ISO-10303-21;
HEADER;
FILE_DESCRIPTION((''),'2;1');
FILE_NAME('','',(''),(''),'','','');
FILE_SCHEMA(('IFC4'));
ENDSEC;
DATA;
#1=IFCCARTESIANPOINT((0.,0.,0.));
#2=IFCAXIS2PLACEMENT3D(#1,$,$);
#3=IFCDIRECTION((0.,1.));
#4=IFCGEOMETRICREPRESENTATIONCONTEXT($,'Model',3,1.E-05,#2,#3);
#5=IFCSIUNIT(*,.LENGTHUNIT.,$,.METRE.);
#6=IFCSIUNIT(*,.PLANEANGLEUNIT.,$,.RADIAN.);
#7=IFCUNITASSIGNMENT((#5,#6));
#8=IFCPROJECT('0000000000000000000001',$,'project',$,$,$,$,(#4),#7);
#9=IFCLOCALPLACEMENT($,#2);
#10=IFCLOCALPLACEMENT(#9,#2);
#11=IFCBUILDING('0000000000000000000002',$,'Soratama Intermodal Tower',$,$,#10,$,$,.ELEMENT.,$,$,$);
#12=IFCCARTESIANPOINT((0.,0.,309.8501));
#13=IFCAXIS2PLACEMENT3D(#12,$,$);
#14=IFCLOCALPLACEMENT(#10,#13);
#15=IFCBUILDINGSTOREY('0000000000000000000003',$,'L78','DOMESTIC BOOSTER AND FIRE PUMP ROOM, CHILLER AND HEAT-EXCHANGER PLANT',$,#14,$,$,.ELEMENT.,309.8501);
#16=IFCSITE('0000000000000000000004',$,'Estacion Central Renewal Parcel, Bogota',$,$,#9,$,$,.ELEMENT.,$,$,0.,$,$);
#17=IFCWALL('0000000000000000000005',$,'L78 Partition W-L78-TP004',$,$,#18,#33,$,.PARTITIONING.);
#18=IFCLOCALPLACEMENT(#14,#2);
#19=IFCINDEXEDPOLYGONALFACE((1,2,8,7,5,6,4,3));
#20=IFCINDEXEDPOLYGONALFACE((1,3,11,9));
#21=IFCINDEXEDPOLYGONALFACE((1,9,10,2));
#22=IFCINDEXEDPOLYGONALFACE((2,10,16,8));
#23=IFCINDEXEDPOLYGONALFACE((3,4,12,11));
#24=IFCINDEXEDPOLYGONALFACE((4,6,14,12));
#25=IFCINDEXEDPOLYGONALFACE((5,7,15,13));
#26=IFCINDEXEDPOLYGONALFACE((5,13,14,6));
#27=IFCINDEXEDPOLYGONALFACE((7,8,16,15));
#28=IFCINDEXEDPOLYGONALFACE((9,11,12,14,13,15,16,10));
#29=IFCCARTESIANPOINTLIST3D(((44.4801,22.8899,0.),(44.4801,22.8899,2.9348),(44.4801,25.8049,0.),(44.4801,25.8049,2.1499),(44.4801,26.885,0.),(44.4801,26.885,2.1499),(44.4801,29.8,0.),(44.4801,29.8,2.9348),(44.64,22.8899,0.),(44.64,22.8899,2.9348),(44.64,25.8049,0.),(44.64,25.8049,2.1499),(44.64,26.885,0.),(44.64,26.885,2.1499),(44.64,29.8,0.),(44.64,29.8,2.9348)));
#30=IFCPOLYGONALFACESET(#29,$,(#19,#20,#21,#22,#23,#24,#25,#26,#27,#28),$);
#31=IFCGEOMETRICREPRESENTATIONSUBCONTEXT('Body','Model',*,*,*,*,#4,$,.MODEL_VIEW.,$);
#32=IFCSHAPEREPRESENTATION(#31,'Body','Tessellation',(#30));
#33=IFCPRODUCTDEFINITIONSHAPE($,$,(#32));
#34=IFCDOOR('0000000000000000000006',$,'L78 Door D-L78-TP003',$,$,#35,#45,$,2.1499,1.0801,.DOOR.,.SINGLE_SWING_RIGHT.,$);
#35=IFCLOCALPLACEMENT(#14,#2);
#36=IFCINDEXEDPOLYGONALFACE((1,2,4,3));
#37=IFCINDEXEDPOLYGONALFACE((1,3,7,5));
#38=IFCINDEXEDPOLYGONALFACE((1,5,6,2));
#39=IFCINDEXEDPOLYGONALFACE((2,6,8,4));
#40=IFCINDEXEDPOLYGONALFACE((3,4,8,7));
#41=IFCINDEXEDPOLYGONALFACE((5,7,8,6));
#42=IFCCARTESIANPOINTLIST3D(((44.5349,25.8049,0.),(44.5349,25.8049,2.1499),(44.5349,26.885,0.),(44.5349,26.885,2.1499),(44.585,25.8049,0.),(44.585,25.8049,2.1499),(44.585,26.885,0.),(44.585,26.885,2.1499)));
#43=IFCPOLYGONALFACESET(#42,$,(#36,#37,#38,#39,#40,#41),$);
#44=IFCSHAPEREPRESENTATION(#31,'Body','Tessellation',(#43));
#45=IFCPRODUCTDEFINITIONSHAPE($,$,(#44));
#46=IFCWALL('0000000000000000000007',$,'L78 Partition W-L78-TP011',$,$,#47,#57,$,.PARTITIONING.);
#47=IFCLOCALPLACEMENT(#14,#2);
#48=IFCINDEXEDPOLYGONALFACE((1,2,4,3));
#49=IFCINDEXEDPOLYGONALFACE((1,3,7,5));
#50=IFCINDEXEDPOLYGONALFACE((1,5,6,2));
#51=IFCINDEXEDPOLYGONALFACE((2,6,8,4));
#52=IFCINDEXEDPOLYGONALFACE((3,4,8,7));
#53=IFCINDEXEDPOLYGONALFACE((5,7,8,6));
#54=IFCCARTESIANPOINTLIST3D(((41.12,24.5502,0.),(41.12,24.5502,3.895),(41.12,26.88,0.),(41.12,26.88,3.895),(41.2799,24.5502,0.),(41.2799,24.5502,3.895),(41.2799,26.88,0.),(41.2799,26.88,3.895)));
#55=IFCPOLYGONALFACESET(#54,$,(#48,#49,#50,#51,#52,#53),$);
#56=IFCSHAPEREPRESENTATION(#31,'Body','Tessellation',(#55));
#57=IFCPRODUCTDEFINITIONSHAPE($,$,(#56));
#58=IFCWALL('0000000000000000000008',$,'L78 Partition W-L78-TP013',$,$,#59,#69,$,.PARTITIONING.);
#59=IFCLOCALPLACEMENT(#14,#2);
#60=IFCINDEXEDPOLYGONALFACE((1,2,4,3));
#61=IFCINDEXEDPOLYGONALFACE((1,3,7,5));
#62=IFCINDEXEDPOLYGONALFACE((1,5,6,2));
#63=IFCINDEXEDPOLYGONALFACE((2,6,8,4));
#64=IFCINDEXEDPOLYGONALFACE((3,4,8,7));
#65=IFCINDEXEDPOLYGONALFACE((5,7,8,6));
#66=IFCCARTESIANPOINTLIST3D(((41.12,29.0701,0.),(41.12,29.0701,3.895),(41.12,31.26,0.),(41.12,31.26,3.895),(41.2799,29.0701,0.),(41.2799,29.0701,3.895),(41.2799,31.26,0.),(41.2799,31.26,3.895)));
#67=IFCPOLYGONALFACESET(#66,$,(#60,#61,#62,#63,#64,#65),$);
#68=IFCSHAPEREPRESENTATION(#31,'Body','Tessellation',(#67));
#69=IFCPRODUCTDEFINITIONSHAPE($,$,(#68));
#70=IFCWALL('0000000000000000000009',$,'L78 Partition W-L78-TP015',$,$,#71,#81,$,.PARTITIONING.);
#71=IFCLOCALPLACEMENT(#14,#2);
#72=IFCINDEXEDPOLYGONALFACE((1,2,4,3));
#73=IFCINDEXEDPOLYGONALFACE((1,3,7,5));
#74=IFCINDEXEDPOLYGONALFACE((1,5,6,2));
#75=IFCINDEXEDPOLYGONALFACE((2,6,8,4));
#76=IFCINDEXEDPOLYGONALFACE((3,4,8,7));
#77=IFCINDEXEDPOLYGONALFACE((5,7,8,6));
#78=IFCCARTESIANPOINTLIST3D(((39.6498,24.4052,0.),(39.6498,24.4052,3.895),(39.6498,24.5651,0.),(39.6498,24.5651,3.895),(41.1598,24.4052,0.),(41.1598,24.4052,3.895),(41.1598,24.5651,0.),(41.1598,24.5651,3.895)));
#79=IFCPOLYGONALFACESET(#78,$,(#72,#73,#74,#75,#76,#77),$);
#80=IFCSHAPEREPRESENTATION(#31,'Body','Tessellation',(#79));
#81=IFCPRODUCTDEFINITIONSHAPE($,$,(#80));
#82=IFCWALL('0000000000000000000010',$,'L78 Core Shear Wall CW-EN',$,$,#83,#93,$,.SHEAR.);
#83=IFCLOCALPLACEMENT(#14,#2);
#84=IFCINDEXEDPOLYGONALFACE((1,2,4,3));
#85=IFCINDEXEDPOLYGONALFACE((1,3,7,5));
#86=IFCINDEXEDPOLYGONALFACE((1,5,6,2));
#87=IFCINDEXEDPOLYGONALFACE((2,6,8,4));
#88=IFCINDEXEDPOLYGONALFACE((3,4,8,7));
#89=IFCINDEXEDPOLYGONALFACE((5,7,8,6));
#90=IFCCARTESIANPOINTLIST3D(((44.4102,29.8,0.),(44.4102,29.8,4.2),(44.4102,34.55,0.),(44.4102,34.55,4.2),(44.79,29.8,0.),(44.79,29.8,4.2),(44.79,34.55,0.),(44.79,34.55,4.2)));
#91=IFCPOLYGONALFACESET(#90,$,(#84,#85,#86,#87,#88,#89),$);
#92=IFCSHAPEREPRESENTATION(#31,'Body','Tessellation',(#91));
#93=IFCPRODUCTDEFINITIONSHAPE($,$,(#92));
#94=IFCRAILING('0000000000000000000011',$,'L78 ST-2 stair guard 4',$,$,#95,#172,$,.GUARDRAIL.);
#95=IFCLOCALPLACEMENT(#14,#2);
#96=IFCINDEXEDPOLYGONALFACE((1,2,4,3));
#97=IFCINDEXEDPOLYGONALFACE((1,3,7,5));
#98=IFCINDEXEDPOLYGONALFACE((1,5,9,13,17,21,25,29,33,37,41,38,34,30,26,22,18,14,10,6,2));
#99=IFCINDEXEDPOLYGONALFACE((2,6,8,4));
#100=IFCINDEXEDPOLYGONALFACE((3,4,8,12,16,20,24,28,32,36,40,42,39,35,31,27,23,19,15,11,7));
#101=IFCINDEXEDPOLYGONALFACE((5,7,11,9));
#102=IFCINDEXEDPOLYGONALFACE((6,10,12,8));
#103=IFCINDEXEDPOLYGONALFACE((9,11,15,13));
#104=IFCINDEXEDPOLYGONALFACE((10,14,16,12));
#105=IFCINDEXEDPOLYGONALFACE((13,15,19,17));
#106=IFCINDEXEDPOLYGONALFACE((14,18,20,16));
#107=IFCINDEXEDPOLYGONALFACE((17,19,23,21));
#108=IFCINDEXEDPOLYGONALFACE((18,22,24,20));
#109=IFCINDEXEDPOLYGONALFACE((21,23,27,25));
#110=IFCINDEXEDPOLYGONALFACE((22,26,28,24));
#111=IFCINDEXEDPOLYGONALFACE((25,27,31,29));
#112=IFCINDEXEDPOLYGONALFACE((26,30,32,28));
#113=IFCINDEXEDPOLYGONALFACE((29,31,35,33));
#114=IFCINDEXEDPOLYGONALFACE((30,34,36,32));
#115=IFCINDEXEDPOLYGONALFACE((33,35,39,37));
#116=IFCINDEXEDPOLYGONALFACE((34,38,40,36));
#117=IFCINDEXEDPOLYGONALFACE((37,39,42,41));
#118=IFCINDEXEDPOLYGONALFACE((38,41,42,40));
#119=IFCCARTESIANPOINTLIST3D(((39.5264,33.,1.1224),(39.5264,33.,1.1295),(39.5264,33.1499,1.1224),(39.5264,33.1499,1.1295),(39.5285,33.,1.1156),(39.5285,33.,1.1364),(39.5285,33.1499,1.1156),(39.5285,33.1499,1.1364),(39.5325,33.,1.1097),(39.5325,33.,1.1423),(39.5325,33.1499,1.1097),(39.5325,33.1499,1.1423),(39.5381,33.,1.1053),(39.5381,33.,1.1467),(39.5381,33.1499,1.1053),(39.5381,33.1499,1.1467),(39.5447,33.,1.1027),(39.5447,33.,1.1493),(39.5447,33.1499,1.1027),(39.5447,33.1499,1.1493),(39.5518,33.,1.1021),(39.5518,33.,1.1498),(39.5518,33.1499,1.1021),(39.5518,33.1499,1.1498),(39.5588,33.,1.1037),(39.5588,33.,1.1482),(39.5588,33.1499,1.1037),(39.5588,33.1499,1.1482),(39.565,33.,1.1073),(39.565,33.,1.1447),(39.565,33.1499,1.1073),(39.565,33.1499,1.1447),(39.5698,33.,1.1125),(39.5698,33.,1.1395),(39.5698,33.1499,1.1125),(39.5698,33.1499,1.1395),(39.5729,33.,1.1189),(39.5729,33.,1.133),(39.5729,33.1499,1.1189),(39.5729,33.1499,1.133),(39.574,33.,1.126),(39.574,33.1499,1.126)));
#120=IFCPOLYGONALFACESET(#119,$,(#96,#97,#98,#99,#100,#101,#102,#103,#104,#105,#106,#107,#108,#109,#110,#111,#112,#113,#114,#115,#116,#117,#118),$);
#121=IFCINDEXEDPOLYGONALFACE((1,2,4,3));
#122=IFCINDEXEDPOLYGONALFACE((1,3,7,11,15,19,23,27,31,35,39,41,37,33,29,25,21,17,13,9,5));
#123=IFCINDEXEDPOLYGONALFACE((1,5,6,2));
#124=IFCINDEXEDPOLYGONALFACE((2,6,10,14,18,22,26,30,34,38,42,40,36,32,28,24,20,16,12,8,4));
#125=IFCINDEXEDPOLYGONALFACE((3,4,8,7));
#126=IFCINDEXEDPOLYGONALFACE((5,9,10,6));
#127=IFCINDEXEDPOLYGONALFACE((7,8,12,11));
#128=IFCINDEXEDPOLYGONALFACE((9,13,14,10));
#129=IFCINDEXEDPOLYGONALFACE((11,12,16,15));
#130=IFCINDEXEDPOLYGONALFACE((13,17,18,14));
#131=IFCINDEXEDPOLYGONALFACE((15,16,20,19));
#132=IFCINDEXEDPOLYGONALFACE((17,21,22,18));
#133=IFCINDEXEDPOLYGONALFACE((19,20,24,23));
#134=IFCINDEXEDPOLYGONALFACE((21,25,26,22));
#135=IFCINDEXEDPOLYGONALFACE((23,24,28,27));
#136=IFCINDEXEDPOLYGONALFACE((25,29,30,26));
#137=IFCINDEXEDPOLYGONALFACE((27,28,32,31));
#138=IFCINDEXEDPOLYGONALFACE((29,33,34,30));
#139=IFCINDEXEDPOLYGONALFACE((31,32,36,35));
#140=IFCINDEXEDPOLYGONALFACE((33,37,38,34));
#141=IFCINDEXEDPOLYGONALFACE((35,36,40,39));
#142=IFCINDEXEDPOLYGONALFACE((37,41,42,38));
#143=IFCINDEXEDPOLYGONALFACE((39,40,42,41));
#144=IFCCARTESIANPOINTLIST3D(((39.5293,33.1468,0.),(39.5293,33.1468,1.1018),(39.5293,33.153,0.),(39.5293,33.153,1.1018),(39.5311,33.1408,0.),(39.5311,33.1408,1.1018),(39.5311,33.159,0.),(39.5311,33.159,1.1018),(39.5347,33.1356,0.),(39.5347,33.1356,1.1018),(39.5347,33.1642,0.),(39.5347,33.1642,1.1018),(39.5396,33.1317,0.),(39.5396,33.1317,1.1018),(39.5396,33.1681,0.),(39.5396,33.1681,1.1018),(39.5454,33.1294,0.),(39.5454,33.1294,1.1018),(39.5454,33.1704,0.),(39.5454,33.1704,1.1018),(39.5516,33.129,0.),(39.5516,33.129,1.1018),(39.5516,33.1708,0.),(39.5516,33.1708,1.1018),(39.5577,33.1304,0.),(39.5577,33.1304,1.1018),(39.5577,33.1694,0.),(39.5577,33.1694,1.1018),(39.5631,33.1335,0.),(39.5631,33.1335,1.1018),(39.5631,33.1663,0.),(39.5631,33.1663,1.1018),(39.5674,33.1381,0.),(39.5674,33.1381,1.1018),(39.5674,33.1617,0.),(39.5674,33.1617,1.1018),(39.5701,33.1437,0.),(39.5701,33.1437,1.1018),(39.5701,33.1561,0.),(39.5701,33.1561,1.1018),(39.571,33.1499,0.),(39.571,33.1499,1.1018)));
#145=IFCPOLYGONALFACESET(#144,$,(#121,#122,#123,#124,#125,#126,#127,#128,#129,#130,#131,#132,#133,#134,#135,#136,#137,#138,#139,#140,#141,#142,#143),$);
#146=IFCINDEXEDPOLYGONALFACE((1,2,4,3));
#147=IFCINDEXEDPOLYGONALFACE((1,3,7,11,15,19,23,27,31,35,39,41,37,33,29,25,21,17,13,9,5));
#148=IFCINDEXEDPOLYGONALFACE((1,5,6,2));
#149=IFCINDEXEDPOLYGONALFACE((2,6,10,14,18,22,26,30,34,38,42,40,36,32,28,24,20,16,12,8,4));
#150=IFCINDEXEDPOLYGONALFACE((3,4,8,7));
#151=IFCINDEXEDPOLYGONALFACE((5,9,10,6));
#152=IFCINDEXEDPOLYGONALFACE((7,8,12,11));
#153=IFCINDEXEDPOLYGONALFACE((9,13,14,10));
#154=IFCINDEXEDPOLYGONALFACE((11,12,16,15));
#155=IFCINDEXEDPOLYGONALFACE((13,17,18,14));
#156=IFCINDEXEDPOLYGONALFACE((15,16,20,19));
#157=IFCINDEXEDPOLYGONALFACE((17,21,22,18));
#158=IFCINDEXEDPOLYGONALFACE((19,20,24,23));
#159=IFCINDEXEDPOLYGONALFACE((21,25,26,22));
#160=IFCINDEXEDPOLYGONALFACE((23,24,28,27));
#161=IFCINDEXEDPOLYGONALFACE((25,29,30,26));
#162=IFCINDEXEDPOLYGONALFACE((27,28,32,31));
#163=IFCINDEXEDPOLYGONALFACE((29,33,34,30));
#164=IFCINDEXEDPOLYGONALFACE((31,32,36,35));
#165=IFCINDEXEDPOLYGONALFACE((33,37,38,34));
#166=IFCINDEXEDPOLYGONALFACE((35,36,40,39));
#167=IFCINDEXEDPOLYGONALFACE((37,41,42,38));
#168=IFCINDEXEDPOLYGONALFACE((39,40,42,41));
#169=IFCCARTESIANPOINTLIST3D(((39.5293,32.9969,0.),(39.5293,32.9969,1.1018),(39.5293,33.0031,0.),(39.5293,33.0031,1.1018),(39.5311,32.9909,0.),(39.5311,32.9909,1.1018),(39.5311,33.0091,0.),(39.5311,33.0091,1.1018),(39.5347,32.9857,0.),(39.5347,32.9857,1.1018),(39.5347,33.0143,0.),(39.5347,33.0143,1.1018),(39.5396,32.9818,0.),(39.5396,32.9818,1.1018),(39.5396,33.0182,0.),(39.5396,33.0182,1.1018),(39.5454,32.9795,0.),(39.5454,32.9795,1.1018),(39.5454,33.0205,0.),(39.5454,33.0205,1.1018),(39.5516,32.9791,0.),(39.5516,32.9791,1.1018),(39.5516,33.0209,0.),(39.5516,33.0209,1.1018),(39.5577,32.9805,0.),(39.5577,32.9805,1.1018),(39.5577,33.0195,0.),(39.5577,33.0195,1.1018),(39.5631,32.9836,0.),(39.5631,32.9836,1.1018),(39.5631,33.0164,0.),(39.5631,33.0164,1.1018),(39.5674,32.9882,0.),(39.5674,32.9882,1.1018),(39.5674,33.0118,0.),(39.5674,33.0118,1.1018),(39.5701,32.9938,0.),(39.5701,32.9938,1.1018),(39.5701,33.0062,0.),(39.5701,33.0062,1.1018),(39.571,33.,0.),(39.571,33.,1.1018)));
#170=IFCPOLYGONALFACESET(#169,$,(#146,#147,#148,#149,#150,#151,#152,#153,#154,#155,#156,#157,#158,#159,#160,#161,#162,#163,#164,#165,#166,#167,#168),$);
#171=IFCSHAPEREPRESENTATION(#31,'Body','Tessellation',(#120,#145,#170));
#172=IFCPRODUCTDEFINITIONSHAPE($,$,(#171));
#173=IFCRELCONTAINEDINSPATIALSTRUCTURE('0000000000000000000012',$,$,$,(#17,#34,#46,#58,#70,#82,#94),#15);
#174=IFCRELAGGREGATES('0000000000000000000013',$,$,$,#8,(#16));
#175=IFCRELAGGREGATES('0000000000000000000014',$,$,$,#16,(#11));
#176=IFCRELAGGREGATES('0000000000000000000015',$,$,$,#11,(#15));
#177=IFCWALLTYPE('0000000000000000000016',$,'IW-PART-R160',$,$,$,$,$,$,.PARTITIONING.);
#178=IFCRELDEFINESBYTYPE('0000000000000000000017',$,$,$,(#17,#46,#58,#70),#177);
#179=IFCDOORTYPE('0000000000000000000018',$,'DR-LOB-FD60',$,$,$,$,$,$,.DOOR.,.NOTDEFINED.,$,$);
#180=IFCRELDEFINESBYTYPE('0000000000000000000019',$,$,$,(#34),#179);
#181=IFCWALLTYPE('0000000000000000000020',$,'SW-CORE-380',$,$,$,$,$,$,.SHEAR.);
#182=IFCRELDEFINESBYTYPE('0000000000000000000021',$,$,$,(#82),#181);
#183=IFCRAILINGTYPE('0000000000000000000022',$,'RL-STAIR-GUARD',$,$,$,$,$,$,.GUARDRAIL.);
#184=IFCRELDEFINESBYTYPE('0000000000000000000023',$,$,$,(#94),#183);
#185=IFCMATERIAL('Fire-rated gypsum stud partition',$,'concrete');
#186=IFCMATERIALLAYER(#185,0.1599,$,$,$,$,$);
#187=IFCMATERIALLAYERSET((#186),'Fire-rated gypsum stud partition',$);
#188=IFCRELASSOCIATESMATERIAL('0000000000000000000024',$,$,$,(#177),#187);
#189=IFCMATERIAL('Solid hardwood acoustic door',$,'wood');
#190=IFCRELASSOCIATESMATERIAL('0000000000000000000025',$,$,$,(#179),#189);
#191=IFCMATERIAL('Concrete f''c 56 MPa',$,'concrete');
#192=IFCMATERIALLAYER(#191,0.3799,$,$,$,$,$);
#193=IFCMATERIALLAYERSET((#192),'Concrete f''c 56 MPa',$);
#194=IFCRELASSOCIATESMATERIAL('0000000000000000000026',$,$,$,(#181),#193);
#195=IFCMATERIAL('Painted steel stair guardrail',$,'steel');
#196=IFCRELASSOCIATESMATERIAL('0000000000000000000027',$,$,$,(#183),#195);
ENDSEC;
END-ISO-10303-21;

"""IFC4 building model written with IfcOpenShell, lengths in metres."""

from ifc_helpers import new_model, si_unit, direction, frame, frame_2d, origin, origin_2d, place, context, subcontext, project, spatial, rectangle, circle, extrude, material, layer, layer_set, type_object, element, fill, save


model = new_model("IFC4")

# Units and contexts
model_context = context("Model", 3, precision=1e-05, world=origin(), true_north=direction((0.0, 1.0)))
body_context = subcontext(model_context, "Body", "Model", "MODEL_VIEW")
ifc_project = project(units=[si_unit("LENGTHUNIT", "METRE"), si_unit("PLANEANGLEUNIT", "RADIAN")], contexts=[model_context])

# Site, building, storey
site_placement = place(None, origin())
site = spatial("IfcSite", under=ifc_project, at=site_placement, Name="Estacion Central Renewal Parcel, Bogota", CompositionType="ELEMENT", RefElevation=0.0)
building_placement = place(site_placement, origin())
building = spatial("IfcBuilding", under=site, at=building_placement, Name="Soratama Intermodal Tower", CompositionType="ELEMENT")
storey_placement = place(building_placement, frame((0.0, 0.0, 309.8501)))
storey = spatial("IfcBuildingStorey", under=building, at=storey_placement, Name="L78", Description="DOMESTIC BOOSTER AND FIRE PUMP ROOM, CHILLER AND HEAT-EXCHANGER PLANT", CompositionType="ELEMENT", Elevation=309.8501)

# Wall, opening, door
ifc_material_1 = material(Name="Fire-rated gypsum stud partition", Category="concrete")
ifc_layer_1 = layer(ifc_material_1, 0.1599)
ifc_layer_set_1 = layer_set([ifc_layer_1], Name="Fire-rated gypsum stud partition")
wall_type_1 = type_object("IfcWallType", Name="IW-PART-R160", PredefinedType="PARTITIONING", material=ifc_layer_set_1)
wall_1_placement = place(storey_placement, frame((44.5601, 29.8, 0.0), z_axis=(0.0, 0.0, 1.0), x_axis=(0.0, -1.0, 0.0)))
wall_1 = element("IfcWall", 1, at=wall_1_placement, inside=storey, type_object=wall_type_1, Name="L78 Partition W-L78-TP004", PredefinedType="PARTITIONING", context=body_context, shape_type="SweptSolid", body=[
    extrude(rectangle(XDim=6.9102, YDim=0.1599, at=frame_2d((3.4551, 0.0))), origin(), (0.0, 0.0, 1.0), 2.9348),
])
opening_1_placement = place(wall_1_placement, frame((2.915, 0.0, 0.0)))
opening_1 = element("IfcOpeningElement", 2, at=opening_1_placement, cuts=wall_1, PredefinedType="OPENING", context=body_context, shape_type="SweptSolid", body=[
    extrude(rectangle(XDim=1.0801, YDim=2.1499, at=frame_2d((0.54, 1.075))), frame((0.0, 0.0898, 0.0), z_axis=(0.0, -1.0, 0.0), x_axis=(1.0, 0.0, 0.0)), (0.0, 0.0, 1.0), 0.1799),
])
ifc_material_2 = material(Name="Solid hardwood acoustic door", Category="wood")
door_type_1 = type_object("IfcDoorType", Name="DR-LOB-FD60", OperationType="NOTDEFINED", PredefinedType="DOOR", material=ifc_material_2)
door_1_placement = place(opening_1_placement, origin())
door_1 = element("IfcDoor", 3, at=door_1_placement, inside=storey, type_object=door_type_1, Name="L78 Door D-L78-TP003", OperationType="SINGLE_SWING_RIGHT", OverallHeight=2.1499, OverallWidth=1.0801, PredefinedType="DOOR", context=body_context, shape_type="SweptSolid", body=[
    extrude(rectangle(XDim=1.0801, YDim=2.1499, at=frame_2d((0.54, 1.075))), frame((0.0, 0.0249, 0.0), z_axis=(0.0, -1.0, 0.0), x_axis=(1.0, 0.0, 0.0)), (0.0, 0.0, 1.0), 0.05),
])
fill(opening_1, door_1)

# Walls
wall_2_placement = place(storey_placement, frame((41.2, 24.55, 0.0), z_axis=(0.0, 0.0, 1.0), x_axis=(0.0, 1.0, 0.0)))
element("IfcWall", 4, at=wall_2_placement, inside=storey, type_object=wall_type_1, Name="L78 Partition W-L78-TP011", PredefinedType="PARTITIONING", context=body_context, shape_type="SweptSolid", body=[
    extrude(rectangle(XDim=2.3298, YDim=0.1599, at=frame_2d((1.165, 0.0))), origin(), (0.0, 0.0, 1.0), 3.895),
])
wall_3_placement = place(storey_placement, frame((41.2, 29.0701, 0.0), z_axis=(0.0, 0.0, 1.0), x_axis=(0.0, 1.0, 0.0)))
element("IfcWall", 5, at=wall_3_placement, inside=storey, type_object=wall_type_1, Name="L78 Partition W-L78-TP013", PredefinedType="PARTITIONING", context=body_context, shape_type="SweptSolid", body=[
    extrude(rectangle(XDim=2.1899, YDim=0.1599, at=frame_2d((1.095, 0.0))), origin(), (0.0, 0.0, 1.0), 3.895),
])
wall_4_placement = place(storey_placement, frame((39.6499, 24.4851, 0.0), z_axis=(0.0, 0.0, 1.0), x_axis=(1.0, 0.0, 0.0)))
element("IfcWall", 6, at=wall_4_placement, inside=storey, type_object=wall_type_1, Name="L78 Partition W-L78-TP015", PredefinedType="PARTITIONING", context=body_context, shape_type="SweptSolid", body=[
    extrude(rectangle(XDim=1.51, YDim=0.1599, at=frame_2d((0.7549, 0.0))), origin(), (0.0, 0.0, 1.0), 3.895),
])
ifc_material_3 = material(Name="Concrete f'c 56 MPa", Category="concrete")
ifc_layer_2 = layer(ifc_material_3, 0.3799)
ifc_layer_set_2 = layer_set([ifc_layer_2], Name="Concrete f'c 56 MPa")
wall_type_2 = type_object("IfcWallType", Name="SW-CORE-380", PredefinedType="SHEAR", material=ifc_layer_set_2)
wall_5_placement = place(storey_placement, frame((44.6001, 29.8, 0.0), z_axis=(0.0, 0.0, 1.0), x_axis=(0.0, 1.0, 0.0)))
element("IfcWall", 7, at=wall_5_placement, inside=storey, type_object=wall_type_2, Name="L78 Core Shear Wall CW-EN", PredefinedType="SHEAR", context=body_context, shape_type="SweptSolid", body=[
    extrude(rectangle(XDim=4.75, YDim=0.3799, at=frame_2d((2.375, 0.0))), origin(), (0.0, 0.0, 1.0), 4.2),
])

# Railing
ifc_material_4 = material(Name="Painted steel stair guardrail", Category="steel")
railing_type = type_object("IfcRailingType", Name="RL-STAIR-GUARD", PredefinedType="GUARDRAIL", material=ifc_material_4)
railing_placement = place(storey_placement, frame((39.55, 33.1499, 0.0)))
element("IfcRailing", 8, at=railing_placement, inside=storey, type_object=railing_type, Name="L78 ST-2 stair guard 4", PredefinedType="GUARDRAIL", context=body_context, shape_type="SweptSolid", body=[
    extrude(circle(Radius=0.0239, at=origin_2d()), frame((0.0, 0.0, 1.126), z_axis=(0.0, -1.0, 0.0), x_axis=(1.0, 0.0, 0.0)), (0.0, 0.0, 1.0), 0.1499),
    extrude(circle(Radius=0.021, at=origin_2d()), origin(), (0.0, 0.0, 1.0), 1.1018),
    extrude(circle(Radius=0.021, at=origin_2d()), frame((0.0, -0.1499, 0.0)), (0.0, 0.0, 1.0), 1.1018),
])

save(model, "model.ifc")
